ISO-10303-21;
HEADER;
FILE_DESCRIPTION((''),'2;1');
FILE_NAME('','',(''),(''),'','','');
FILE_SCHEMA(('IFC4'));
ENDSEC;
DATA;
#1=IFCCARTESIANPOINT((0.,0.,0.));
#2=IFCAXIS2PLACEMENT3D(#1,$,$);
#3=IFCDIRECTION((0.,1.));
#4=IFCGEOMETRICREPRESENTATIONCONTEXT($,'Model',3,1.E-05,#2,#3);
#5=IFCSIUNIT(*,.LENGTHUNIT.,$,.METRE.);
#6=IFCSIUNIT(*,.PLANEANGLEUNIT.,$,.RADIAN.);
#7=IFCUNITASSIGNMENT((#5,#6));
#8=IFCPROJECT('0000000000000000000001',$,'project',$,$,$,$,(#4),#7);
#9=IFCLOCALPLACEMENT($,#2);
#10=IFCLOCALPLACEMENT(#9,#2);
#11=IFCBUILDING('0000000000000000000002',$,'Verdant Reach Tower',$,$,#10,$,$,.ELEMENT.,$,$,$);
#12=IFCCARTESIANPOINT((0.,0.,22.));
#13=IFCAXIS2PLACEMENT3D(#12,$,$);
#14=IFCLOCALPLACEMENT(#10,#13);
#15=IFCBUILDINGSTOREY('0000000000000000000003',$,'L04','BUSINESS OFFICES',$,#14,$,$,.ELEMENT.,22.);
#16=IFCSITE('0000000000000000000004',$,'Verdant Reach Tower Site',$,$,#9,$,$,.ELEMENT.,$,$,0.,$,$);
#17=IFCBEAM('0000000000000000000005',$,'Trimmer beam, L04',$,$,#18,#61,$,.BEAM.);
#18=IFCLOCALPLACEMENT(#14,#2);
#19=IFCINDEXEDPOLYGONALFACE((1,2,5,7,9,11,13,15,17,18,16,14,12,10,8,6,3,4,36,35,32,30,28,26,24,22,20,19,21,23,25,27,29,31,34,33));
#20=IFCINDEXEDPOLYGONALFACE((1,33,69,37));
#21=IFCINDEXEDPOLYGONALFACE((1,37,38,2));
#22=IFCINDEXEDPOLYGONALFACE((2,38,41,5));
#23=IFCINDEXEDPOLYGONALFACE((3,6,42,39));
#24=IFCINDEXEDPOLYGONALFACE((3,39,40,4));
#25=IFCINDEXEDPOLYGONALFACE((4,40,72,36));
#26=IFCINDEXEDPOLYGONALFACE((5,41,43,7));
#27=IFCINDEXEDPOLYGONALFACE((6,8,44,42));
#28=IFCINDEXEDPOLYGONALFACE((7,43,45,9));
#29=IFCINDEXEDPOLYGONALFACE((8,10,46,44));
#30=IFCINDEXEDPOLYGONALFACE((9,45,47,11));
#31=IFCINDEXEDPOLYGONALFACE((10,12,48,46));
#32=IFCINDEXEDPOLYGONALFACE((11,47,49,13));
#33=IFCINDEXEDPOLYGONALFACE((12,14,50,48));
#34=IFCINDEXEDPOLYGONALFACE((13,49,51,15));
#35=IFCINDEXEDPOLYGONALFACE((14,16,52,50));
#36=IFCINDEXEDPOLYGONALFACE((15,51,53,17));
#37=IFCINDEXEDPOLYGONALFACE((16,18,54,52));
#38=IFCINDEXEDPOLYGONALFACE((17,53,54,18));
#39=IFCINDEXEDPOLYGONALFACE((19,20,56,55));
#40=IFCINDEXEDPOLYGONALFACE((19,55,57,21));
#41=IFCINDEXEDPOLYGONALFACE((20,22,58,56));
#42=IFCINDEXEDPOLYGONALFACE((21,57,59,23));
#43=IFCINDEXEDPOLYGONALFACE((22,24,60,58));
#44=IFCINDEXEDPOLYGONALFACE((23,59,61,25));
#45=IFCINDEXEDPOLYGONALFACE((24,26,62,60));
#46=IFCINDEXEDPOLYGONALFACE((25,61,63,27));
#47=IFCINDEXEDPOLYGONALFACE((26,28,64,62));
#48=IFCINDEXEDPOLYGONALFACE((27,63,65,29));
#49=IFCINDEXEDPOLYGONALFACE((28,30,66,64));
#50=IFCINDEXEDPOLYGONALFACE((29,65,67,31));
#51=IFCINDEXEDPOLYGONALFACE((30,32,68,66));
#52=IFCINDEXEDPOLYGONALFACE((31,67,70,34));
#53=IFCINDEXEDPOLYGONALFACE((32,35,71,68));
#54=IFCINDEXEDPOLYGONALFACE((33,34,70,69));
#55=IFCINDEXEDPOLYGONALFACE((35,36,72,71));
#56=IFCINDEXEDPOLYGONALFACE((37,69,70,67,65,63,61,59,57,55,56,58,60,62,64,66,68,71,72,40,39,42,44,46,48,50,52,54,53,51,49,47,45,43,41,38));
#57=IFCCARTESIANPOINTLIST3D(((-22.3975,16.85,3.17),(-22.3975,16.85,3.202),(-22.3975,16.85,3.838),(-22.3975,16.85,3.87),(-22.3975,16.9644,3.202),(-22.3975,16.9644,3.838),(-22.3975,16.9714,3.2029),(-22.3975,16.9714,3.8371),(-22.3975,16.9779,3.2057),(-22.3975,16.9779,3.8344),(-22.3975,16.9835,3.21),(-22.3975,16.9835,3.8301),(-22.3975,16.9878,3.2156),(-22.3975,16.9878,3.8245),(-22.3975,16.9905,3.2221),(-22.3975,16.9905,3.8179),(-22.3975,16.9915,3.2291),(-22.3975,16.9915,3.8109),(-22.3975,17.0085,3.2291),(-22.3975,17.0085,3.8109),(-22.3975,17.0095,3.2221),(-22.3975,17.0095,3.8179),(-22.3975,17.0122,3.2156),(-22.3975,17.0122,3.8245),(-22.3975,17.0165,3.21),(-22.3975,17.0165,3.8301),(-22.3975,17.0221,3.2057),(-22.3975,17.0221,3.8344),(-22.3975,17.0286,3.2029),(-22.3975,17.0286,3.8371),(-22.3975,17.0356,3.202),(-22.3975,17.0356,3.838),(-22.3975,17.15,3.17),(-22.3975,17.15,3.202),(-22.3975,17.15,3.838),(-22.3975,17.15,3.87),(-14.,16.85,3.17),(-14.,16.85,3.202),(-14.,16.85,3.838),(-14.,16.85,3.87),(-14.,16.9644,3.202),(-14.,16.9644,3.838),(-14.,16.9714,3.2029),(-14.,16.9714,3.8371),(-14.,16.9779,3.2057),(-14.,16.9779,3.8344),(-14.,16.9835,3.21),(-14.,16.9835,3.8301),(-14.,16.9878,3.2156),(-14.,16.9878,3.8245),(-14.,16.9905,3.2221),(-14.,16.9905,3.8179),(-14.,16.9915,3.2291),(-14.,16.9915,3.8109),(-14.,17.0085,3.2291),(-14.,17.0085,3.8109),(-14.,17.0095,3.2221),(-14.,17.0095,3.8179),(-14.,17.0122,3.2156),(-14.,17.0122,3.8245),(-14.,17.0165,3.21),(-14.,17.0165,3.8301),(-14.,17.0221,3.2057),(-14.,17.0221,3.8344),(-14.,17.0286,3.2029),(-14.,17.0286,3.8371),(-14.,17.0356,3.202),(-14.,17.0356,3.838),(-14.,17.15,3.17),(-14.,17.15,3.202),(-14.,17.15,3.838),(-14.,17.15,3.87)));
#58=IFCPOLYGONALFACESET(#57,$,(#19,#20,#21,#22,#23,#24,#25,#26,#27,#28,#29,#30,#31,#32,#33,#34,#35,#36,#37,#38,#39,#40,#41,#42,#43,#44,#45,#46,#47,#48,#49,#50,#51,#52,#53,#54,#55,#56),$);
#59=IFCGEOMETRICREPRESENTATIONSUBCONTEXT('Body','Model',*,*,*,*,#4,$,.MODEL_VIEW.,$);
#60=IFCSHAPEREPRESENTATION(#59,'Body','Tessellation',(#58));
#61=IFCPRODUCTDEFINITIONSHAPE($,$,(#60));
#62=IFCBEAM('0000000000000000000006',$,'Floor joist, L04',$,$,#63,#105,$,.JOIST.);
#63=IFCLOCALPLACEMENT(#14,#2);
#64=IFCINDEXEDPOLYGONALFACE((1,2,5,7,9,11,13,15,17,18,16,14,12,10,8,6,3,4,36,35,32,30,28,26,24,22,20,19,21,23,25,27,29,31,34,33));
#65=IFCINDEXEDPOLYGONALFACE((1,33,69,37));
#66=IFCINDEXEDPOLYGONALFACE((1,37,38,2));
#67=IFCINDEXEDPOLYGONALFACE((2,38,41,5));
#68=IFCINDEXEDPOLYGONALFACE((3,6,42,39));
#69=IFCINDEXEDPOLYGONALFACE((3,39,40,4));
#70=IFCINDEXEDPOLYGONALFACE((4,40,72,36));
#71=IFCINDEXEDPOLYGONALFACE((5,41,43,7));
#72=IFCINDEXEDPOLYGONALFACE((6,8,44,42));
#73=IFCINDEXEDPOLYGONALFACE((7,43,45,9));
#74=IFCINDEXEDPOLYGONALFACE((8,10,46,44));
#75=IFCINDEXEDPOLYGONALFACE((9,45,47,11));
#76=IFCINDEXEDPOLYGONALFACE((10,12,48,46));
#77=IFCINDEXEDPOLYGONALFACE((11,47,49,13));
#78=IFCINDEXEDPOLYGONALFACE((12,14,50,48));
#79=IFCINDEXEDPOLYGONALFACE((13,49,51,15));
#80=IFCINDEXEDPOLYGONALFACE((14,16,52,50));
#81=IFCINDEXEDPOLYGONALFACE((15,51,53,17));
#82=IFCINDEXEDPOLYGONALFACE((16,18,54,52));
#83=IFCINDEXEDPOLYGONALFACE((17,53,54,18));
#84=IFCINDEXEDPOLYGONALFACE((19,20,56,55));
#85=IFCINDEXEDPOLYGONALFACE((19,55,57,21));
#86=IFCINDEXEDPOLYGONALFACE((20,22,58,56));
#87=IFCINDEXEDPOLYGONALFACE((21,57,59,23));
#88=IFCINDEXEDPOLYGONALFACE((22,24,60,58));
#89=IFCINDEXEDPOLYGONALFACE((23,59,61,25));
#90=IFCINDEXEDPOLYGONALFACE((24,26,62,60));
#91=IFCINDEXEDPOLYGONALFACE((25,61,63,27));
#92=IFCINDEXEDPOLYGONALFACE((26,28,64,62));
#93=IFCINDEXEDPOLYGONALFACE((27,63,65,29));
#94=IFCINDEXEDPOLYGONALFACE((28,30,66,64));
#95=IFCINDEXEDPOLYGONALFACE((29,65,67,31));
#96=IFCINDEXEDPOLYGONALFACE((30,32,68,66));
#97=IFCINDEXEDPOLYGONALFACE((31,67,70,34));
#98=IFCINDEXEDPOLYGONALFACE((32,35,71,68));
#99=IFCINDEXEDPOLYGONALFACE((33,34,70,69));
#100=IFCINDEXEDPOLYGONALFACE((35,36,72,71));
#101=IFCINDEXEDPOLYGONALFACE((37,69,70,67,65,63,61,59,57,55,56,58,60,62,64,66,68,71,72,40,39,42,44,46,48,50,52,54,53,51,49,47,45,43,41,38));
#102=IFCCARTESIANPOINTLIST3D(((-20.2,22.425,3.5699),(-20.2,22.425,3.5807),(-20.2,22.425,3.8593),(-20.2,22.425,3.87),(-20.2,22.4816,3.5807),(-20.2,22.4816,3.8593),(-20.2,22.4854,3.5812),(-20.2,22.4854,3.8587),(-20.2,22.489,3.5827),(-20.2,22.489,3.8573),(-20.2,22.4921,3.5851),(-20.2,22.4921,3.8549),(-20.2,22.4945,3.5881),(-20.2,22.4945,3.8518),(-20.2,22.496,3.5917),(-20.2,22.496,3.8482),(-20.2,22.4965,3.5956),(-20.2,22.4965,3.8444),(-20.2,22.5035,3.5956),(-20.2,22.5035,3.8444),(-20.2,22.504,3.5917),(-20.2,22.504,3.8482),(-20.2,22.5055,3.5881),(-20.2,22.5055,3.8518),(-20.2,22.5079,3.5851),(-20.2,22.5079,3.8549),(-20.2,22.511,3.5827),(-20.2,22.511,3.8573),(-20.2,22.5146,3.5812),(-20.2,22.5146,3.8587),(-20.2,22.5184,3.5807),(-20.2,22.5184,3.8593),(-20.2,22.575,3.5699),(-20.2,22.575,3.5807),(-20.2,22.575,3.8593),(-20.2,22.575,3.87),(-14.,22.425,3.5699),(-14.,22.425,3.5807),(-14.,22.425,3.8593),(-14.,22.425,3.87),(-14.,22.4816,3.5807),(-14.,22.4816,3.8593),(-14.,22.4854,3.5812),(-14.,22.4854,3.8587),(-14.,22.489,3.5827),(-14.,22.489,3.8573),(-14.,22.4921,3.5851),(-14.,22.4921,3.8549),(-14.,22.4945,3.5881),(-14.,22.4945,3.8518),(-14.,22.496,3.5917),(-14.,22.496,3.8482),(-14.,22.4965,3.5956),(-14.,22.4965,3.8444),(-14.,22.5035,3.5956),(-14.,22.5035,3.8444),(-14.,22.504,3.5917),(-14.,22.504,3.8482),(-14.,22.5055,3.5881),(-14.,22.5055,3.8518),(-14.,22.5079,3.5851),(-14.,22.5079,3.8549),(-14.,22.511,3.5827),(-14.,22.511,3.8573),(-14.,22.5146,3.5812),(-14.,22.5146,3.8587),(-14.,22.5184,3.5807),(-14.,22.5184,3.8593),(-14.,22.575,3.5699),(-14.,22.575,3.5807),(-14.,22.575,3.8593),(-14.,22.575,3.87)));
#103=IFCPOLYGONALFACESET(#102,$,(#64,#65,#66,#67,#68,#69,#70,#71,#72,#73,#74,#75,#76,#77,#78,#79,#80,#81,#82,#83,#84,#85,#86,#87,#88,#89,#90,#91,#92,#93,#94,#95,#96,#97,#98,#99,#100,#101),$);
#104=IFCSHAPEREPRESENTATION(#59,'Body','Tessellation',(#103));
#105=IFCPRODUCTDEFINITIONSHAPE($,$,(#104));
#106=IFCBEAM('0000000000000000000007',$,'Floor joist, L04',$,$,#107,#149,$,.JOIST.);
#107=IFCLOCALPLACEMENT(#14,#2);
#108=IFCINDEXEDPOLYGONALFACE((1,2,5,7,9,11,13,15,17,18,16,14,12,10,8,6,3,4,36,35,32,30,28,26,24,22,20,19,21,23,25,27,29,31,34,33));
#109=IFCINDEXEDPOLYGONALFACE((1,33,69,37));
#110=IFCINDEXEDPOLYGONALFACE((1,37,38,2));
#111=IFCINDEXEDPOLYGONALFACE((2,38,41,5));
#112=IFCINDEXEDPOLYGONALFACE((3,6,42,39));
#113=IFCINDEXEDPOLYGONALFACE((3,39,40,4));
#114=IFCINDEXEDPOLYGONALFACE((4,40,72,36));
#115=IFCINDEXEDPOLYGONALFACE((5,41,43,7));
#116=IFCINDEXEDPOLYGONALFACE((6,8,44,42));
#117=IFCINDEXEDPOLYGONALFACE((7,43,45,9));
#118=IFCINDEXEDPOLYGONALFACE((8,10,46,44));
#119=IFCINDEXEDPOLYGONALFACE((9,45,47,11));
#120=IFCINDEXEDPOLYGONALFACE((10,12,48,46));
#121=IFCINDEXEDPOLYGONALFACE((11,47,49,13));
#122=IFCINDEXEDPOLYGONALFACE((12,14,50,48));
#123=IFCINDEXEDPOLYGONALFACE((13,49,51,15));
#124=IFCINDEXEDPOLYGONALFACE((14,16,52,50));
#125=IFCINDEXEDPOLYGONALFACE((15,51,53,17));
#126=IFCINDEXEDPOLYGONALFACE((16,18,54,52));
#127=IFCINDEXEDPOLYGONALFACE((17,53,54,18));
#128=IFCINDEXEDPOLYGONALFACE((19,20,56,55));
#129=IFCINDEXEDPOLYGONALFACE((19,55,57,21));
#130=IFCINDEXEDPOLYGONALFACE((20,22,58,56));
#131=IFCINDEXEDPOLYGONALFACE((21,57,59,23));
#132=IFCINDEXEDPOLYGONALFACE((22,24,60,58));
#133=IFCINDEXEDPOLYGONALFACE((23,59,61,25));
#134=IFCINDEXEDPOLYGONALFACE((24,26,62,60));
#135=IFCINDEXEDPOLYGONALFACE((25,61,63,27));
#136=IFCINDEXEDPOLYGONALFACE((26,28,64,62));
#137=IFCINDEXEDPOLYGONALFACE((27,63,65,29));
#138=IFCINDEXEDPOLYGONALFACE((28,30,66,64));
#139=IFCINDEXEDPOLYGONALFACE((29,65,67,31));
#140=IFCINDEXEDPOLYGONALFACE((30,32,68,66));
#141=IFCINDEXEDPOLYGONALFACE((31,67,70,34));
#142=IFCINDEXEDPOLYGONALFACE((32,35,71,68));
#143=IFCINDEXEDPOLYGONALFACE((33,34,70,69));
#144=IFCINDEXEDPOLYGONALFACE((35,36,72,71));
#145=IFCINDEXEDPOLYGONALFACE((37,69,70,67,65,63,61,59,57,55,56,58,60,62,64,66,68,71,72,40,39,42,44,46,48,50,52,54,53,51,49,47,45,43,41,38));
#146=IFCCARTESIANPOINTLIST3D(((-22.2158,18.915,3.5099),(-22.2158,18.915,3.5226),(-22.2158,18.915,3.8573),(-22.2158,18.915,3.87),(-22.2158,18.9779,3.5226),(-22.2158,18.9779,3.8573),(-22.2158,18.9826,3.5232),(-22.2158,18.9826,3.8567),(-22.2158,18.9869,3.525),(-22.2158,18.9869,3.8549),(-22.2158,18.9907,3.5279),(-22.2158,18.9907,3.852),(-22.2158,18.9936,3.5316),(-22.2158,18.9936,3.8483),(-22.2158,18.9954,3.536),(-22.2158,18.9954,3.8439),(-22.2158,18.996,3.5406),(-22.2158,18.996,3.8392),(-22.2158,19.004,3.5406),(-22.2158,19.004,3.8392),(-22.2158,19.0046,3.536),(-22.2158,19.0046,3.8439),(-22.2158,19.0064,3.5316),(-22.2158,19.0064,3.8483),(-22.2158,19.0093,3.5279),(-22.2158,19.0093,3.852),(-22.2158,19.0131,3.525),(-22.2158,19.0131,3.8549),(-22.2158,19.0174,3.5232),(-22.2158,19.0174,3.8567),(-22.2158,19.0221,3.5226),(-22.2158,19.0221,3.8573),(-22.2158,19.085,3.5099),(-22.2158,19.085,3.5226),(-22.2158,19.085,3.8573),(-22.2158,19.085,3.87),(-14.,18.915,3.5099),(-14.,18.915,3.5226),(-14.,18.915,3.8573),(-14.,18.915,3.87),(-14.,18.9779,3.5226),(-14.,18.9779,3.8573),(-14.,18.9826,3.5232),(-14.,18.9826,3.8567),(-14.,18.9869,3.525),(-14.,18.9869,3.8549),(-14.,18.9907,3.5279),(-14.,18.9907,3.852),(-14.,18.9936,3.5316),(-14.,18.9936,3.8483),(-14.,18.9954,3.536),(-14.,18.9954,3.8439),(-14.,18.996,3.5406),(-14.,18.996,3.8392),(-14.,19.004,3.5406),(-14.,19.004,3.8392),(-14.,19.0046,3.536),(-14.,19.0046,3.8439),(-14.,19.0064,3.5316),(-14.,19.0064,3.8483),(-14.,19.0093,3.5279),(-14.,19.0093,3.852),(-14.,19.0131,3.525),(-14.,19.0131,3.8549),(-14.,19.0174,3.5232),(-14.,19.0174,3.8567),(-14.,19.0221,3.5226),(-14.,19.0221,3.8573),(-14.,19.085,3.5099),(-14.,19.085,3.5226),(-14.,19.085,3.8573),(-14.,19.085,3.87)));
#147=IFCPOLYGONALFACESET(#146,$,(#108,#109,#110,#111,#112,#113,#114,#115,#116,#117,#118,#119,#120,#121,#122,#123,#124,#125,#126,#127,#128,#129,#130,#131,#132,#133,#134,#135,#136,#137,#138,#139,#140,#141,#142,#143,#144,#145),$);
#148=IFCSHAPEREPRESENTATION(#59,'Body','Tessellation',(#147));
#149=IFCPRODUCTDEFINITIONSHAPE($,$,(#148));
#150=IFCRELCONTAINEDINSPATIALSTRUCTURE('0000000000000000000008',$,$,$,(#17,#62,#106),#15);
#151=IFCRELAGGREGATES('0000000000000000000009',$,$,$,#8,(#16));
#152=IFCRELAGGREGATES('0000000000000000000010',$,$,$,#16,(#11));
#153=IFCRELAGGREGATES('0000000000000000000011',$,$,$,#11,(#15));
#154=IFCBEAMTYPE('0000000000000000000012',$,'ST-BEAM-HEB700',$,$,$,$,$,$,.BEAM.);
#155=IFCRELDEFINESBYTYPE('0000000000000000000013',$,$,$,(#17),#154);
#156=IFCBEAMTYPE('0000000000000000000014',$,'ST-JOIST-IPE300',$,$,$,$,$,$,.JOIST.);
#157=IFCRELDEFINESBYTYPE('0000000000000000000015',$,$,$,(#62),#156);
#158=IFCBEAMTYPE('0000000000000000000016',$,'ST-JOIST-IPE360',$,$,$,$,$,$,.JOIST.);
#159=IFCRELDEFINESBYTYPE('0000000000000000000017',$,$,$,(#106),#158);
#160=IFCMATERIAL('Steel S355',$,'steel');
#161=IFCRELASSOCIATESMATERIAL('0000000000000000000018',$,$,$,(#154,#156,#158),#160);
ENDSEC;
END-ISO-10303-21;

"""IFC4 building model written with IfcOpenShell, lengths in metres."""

from ifc_helpers import new_model, si_unit, direction, frame, origin, origin_2d, place, context, subcontext, project, spatial, i_section, extrude, material, material_profile, profile_set, type_object, element, save


model = new_model("IFC4")

# Units and contexts
model_context = context("Model", 3, precision=1e-05, world=origin(), true_north=direction((0.0, 1.0)))
body_context = subcontext(model_context, "Body", "Model", "MODEL_VIEW")
ifc_project = project(units=[si_unit("LENGTHUNIT", "METRE"), si_unit("PLANEANGLEUNIT", "RADIAN")], contexts=[model_context])

# Site, building, storey
site_placement = place(None, origin())
site = spatial("IfcSite", under=ifc_project, at=site_placement, Name="Verdant Reach Tower Site", CompositionType="ELEMENT", RefElevation=0.0)
building_placement = place(site_placement, origin())
building = spatial("IfcBuilding", under=site, at=building_placement, Name="Verdant Reach Tower", CompositionType="ELEMENT")
storey_placement = place(building_placement, frame((0.0, 0.0, 22.0)))
storey = spatial("IfcBuildingStorey", under=building, at=storey_placement, Name="L04", Description="BUSINESS OFFICES", CompositionType="ELEMENT", Elevation=22.0)

# Beams
ifc_material_1 = material(Name="Steel S355", Category="steel")
ifc_material_profile_1 = material_profile(ifc_material_1, i_section(OverallWidth=0.3, OverallDepth=0.7, WebThickness=0.0171, FlangeThickness=0.032, FilletRadius=0.0271, at=origin_2d()), Name="HEB 700")
ifc_profile_set_1 = profile_set([ifc_material_profile_1], Name="Steel S355")
beam_type_1 = type_object("IfcBeamType", Name="ST-BEAM-HEB700", PredefinedType="BEAM", material=ifc_profile_set_1)
beam_1_placement = place(storey_placement, frame((-14.0, 17.0, 3.52), z_axis=(-1.0, 0.0, 0.0), x_axis=(0.0, -1.0, 0.0)))
element("IfcBeam", 1, at=beam_1_placement, inside=storey, type_object=beam_type_1, Name="Trimmer beam, L04", PredefinedType="BEAM", context=body_context, shape_type="SweptSolid", body=[
    extrude(i_section(OverallWidth=0.3, OverallDepth=0.7, WebThickness=0.0171, FlangeThickness=0.032, FilletRadius=0.0271, at=origin_2d()), origin(), (0.0, 0.0, 1.0), 8.3975),
])
ifc_material_profile_2 = material_profile(ifc_material_1, i_section(OverallWidth=0.1499, OverallDepth=0.3, WebThickness=0.0071, FlangeThickness=0.0107, FilletRadius=0.0149, at=origin_2d()), Name="IPE 300")
ifc_profile_set_2 = profile_set([ifc_material_profile_2], Name="Steel S355")
beam_type_2 = type_object("IfcBeamType", Name="ST-JOIST-IPE300", PredefinedType="JOIST", material=ifc_profile_set_2)
beam_2_placement = place(storey_placement, frame((-14.0, 22.5, 3.72), z_axis=(-1.0, 0.0, 0.0), x_axis=(0.0, -1.0, 0.0)))
element("IfcBeam", 2, at=beam_2_placement, inside=storey, type_object=beam_type_2, Name="Floor joist, L04", PredefinedType="JOIST", context=body_context, shape_type="SweptSolid", body=[
    extrude(i_section(OverallWidth=0.1499, OverallDepth=0.3, WebThickness=0.0071, FlangeThickness=0.0107, FilletRadius=0.0149, at=origin_2d()), origin(), (0.0, 0.0, 1.0), 6.2),
])
ifc_material_profile_3 = material_profile(ifc_material_1, i_section(OverallWidth=0.1699, OverallDepth=0.3601, WebThickness=0.0081, FlangeThickness=0.0127, FilletRadius=0.0181, at=origin_2d()), Name="IPE 360")
ifc_profile_set_3 = profile_set([ifc_material_profile_3], Name="Steel S355")
beam_type_3 = type_object("IfcBeamType", Name="ST-JOIST-IPE360", PredefinedType="JOIST", material=ifc_profile_set_3)
beam_3_placement = place(storey_placement, frame((-14.0, 19.0, 3.6899), z_axis=(-1.0, 0.0, 0.0), x_axis=(0.0, -1.0, 0.0)))
element("IfcBeam", 3, at=beam_3_placement, inside=storey, type_object=beam_type_3, Name="Floor joist, L04", PredefinedType="JOIST", context=body_context, shape_type="SweptSolid", body=[
    extrude(i_section(OverallWidth=0.1699, OverallDepth=0.3601, WebThickness=0.0081, FlangeThickness=0.0127, FilletRadius=0.0181, at=origin_2d()), origin(), (0.0, 0.0, 1.0), 8.2158),
])

save(model, "model.ifc")
